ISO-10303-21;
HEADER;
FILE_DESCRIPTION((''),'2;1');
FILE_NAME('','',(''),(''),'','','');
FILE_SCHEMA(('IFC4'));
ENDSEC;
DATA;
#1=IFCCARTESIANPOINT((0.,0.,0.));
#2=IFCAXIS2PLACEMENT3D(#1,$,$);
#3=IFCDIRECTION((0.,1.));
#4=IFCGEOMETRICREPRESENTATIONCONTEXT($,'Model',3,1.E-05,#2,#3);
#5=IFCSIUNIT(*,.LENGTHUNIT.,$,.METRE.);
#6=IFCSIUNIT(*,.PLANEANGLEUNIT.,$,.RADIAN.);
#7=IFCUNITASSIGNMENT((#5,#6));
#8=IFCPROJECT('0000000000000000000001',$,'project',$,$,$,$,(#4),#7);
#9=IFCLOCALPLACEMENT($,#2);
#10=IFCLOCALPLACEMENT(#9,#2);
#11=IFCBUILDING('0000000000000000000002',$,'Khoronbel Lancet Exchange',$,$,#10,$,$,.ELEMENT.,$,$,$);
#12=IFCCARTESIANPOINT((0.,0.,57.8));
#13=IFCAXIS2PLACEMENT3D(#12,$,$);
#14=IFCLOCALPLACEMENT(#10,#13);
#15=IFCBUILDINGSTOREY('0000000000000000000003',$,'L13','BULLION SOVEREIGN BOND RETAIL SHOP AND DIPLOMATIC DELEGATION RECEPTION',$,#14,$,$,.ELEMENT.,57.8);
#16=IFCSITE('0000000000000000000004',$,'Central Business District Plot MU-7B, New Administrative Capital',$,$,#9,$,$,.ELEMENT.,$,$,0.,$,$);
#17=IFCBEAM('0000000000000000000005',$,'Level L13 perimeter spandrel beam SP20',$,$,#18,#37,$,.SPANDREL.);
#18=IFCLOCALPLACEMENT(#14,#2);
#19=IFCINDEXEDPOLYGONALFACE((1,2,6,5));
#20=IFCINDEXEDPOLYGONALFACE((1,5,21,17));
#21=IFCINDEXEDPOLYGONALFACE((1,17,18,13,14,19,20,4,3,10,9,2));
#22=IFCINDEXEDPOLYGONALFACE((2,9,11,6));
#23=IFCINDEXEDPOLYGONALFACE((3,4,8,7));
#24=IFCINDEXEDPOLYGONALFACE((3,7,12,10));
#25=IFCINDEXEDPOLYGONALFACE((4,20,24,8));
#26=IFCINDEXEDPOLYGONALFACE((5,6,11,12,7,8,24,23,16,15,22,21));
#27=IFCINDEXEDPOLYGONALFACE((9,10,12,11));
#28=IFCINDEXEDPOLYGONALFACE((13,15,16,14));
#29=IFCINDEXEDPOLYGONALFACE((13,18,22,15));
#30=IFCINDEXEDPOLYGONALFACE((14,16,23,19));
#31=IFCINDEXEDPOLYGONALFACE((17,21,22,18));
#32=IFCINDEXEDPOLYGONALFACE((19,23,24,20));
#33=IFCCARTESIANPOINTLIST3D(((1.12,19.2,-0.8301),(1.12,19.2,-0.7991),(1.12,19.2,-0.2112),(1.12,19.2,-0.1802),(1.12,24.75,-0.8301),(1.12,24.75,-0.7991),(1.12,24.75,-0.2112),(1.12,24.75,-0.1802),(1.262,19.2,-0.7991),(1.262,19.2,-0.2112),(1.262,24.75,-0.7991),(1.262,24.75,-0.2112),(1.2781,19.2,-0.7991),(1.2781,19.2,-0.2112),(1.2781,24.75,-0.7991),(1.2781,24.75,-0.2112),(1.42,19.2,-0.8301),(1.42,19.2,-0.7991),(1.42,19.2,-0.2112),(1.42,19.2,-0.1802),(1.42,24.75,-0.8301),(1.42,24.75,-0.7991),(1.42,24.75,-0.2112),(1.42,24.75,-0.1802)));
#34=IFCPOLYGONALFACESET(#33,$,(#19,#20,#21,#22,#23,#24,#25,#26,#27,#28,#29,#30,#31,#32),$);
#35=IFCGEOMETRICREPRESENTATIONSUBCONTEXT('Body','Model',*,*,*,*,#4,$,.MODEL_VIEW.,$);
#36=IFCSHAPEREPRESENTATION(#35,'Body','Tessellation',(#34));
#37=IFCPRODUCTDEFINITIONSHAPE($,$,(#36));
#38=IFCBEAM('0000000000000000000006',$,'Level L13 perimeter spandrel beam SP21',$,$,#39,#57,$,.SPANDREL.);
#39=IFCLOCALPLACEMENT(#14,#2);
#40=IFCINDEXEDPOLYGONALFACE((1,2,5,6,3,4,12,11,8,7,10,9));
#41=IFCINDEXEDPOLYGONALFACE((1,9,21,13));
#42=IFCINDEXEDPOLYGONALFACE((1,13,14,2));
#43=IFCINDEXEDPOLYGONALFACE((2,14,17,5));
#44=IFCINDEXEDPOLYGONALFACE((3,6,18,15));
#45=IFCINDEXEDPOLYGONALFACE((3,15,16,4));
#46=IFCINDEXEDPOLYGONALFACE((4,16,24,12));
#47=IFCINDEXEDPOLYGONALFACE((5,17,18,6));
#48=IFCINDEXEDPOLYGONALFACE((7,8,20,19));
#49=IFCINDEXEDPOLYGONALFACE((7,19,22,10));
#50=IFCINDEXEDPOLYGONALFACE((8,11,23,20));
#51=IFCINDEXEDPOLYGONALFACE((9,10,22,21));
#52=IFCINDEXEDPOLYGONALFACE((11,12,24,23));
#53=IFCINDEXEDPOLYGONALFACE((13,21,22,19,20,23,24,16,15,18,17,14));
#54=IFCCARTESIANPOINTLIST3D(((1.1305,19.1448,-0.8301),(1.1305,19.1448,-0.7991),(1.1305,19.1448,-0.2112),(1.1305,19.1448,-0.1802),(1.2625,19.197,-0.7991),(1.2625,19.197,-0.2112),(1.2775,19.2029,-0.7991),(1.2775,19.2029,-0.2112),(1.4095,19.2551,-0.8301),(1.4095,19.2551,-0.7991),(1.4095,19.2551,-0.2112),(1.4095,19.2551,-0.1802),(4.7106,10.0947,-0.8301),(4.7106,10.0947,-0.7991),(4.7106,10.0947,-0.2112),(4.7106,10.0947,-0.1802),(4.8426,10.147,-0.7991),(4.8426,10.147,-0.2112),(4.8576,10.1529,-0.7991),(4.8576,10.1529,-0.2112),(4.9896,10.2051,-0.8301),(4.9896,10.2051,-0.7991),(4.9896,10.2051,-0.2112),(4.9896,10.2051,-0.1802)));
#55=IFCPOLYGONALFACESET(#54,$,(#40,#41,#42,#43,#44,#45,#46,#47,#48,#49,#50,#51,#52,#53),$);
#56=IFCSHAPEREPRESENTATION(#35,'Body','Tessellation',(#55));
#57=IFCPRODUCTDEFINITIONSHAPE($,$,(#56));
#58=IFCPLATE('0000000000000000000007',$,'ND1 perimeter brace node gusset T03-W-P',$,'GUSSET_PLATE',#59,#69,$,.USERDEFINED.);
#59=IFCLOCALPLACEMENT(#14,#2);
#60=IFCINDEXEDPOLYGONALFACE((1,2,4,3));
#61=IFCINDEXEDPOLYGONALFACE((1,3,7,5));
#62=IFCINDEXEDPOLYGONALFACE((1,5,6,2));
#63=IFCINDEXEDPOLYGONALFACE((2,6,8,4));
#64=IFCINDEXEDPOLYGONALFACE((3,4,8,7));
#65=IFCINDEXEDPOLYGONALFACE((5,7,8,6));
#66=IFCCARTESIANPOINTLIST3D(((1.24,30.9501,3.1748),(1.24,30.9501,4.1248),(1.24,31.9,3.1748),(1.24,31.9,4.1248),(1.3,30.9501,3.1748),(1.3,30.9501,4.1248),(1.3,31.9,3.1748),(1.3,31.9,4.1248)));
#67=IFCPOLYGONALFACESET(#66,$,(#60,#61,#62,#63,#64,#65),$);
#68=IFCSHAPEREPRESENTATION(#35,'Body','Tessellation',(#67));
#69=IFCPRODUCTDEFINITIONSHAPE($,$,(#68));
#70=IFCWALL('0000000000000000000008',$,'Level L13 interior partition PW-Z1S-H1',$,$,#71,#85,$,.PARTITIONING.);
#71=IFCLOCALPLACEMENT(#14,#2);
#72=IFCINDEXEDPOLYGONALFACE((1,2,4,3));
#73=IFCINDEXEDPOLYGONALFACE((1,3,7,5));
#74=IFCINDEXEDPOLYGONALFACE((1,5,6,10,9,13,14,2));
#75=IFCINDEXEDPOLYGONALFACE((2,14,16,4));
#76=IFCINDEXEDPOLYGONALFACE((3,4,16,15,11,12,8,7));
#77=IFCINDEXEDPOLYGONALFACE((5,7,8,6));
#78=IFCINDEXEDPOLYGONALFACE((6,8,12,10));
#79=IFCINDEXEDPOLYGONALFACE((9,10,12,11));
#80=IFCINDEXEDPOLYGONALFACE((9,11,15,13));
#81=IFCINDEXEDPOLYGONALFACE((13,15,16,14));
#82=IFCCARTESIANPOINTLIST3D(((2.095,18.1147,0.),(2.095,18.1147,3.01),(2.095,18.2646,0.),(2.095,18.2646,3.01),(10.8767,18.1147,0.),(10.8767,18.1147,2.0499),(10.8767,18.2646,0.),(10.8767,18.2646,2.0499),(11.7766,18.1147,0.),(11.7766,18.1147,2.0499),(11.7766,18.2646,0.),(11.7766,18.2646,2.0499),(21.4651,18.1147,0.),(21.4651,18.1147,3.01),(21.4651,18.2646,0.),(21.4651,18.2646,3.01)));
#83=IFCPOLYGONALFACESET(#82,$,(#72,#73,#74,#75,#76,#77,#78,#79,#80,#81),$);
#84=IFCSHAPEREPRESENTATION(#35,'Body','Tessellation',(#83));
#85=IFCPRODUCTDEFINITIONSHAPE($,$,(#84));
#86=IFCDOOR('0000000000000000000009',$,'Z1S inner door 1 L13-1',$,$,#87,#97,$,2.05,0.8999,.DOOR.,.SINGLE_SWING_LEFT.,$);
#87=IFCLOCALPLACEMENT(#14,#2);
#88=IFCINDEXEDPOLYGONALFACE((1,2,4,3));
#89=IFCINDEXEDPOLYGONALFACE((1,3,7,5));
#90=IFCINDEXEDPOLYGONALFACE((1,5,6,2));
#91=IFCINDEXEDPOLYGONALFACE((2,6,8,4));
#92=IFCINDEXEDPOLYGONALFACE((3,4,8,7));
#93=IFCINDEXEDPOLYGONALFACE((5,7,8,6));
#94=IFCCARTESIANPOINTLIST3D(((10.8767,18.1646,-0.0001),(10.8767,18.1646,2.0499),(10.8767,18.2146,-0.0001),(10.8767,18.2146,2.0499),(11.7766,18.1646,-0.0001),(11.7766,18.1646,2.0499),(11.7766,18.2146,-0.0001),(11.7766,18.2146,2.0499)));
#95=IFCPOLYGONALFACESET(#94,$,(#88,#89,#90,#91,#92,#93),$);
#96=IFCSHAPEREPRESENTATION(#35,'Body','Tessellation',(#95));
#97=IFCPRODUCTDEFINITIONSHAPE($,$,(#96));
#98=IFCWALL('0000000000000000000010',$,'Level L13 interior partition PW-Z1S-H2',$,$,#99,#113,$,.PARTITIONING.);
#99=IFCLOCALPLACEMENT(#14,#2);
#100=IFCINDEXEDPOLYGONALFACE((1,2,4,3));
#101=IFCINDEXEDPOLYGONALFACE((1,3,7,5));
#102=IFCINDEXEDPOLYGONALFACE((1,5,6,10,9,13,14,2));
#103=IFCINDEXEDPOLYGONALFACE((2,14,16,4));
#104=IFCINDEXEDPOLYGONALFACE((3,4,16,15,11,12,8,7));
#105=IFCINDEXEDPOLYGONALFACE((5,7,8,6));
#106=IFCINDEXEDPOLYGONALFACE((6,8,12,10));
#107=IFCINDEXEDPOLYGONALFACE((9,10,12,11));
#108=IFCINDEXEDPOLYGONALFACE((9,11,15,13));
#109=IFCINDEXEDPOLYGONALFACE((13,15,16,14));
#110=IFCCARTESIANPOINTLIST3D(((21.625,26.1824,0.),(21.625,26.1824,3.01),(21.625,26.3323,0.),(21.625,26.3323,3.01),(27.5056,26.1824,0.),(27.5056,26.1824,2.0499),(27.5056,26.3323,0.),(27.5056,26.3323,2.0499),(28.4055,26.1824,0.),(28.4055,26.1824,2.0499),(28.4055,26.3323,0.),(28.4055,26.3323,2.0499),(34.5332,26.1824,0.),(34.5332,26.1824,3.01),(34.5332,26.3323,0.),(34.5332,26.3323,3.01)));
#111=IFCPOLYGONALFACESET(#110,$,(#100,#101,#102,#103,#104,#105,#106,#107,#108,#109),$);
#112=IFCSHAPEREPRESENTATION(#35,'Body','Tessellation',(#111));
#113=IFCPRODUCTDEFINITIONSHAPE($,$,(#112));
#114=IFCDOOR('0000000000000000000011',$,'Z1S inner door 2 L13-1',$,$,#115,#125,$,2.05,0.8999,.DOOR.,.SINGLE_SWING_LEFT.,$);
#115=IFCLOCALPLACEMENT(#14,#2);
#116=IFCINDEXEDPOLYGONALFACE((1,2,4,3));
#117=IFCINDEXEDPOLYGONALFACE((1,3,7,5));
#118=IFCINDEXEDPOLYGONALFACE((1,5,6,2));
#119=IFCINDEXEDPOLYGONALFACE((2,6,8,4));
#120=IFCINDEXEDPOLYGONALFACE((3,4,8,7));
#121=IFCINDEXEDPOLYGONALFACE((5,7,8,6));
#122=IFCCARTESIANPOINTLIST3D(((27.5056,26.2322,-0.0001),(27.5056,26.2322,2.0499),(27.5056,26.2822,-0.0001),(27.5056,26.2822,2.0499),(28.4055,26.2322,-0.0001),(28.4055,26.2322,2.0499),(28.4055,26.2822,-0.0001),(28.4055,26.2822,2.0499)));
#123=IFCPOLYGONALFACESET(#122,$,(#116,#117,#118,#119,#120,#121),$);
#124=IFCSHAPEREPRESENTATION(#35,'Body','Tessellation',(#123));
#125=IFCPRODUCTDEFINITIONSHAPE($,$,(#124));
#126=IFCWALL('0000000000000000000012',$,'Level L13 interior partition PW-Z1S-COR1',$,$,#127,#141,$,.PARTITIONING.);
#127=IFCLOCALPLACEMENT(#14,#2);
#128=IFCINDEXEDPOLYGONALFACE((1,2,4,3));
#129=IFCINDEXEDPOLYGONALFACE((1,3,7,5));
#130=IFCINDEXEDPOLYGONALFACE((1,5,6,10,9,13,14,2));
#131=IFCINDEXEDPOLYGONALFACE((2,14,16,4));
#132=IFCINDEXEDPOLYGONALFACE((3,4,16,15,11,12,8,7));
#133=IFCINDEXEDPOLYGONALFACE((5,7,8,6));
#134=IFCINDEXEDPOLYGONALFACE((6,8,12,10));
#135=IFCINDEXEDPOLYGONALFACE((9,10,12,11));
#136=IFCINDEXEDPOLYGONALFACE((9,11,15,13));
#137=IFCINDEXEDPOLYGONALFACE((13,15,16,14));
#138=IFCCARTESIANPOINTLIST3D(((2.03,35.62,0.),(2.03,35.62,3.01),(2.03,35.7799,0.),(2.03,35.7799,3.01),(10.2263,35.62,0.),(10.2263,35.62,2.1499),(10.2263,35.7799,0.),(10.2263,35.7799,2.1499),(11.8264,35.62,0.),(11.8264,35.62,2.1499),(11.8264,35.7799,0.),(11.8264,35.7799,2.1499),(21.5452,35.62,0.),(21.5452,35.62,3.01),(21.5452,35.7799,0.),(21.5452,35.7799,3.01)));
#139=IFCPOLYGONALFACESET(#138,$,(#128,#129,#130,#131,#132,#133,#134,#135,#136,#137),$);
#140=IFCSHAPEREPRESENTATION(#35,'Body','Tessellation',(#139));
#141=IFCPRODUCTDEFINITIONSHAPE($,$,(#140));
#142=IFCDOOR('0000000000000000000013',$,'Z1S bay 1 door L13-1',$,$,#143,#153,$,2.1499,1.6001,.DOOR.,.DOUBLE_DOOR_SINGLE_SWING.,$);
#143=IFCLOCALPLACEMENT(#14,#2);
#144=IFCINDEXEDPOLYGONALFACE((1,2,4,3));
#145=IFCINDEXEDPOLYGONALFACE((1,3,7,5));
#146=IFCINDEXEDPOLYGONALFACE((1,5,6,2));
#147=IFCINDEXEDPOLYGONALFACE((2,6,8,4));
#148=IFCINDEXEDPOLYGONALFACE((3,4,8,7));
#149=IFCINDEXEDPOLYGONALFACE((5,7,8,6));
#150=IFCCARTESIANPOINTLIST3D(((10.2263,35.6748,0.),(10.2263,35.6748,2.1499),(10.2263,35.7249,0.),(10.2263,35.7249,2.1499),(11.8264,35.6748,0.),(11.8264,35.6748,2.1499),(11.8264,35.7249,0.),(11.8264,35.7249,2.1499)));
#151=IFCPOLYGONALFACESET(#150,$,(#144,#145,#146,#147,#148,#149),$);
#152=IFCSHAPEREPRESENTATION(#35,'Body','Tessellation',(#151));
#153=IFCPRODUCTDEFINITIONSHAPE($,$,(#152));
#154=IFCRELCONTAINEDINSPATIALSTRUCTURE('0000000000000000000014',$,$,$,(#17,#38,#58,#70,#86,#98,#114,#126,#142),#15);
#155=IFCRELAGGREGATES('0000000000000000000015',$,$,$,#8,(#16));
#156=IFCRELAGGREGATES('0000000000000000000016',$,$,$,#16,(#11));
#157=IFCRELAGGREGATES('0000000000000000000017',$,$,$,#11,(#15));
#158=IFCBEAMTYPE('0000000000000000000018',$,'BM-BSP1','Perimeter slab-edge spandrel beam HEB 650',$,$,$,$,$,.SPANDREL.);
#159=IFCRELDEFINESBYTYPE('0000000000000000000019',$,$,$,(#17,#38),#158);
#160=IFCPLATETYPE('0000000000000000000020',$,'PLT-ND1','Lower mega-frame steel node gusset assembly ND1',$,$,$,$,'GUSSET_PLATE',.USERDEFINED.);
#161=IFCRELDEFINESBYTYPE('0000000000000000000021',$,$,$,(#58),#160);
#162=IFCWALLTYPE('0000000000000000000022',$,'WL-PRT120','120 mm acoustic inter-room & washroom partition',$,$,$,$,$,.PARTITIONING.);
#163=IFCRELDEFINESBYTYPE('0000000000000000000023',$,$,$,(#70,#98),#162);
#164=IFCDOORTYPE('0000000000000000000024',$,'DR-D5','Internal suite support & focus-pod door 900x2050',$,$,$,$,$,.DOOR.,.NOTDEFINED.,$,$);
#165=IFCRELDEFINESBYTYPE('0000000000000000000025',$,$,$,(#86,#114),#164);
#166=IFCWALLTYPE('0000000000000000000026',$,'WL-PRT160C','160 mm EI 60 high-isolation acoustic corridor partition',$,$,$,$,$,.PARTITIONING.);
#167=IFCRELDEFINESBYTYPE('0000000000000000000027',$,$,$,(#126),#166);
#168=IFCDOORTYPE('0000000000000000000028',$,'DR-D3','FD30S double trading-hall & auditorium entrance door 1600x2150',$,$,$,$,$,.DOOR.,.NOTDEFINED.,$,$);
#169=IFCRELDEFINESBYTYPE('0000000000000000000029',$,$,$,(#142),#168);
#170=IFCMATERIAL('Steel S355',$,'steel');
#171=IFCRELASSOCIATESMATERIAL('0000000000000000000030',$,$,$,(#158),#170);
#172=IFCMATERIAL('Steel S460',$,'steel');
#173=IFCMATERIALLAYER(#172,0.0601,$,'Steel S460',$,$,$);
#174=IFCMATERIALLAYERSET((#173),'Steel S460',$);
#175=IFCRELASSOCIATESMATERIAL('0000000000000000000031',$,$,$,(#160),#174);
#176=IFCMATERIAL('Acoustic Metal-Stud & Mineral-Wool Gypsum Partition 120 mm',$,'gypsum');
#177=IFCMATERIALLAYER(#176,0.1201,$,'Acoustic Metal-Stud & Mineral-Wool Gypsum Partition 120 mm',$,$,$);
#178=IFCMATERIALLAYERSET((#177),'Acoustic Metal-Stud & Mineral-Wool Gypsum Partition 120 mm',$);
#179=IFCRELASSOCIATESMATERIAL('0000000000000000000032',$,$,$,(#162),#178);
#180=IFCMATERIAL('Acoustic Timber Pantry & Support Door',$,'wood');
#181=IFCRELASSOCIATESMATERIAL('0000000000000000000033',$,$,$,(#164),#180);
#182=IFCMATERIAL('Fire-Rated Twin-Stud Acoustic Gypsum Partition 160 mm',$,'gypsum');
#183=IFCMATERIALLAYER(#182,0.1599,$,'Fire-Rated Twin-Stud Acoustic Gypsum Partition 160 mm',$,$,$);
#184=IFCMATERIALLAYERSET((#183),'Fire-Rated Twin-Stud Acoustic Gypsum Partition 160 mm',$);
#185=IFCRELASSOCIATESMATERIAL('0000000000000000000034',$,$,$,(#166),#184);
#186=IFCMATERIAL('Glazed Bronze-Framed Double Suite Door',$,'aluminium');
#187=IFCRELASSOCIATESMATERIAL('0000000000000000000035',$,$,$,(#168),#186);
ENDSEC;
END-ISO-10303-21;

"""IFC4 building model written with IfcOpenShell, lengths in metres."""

from ifc_helpers import new_model, si_unit, direction, frame, frame_2d, origin, origin_2d, place, context, subcontext, project, spatial, rectangle, i_section, extrude, material, layer, layer_set, material_profile, profile_set, type_object, element, fill, save


model = new_model("IFC4")

# Units and contexts
model_context = context("Model", 3, precision=1e-05, world=origin(), true_north=direction((0.0, 1.0)))
body_context = subcontext(model_context, "Body", "Model", "MODEL_VIEW")
ifc_project = project(units=[si_unit("LENGTHUNIT", "METRE"), si_unit("PLANEANGLEUNIT", "RADIAN")], contexts=[model_context])

# Site, building, storey
site_placement = place(None, origin())
site = spatial("IfcSite", under=ifc_project, at=site_placement, Name="Central Business District Plot MU-7B, New Administrative Capital", CompositionType="ELEMENT", RefElevation=0.0)
building_placement = place(site_placement, origin())
building = spatial("IfcBuilding", under=site, at=building_placement, Name="Khoronbel Lancet Exchange", CompositionType="ELEMENT")
storey_placement = place(building_placement, frame((0.0, 0.0, 57.8)))
storey = spatial("IfcBuildingStorey", under=building, at=storey_placement, Name="L13", Description="BULLION SOVEREIGN BOND RETAIL SHOP AND DIPLOMATIC DELEGATION RECEPTION", CompositionType="ELEMENT", Elevation=57.8)

# Shared definitions
ifc_material_1 = material(Name="Steel S355", Category="steel")

# Beams
ifc_material_profile_1 = material_profile(ifc_material_1, i_section(OverallWidth=0.3, OverallDepth=0.6499, WebThickness=0.0161, FlangeThickness=0.031, at=origin_2d()), Name="HEB 650")
ifc_profile_set_1 = profile_set([ifc_material_profile_1], Name="Steel S355")
beam_type_1 = type_object("IfcBeamType", Name="BM-BSP1", Description="Perimeter slab-edge spandrel beam HEB 650", PredefinedType="SPANDREL", material=ifc_profile_set_1)
beam_1_placement = place(storey_placement, frame((1.27, 24.75, -0.5051), z_axis=(0.0, -1.0, 0.0), x_axis=(1.0, 0.0, 0.0)))
element("IfcBeam", 1, at=beam_1_placement, inside=storey, type_object=beam_type_1, Name="Level L13 perimeter spandrel beam SP20", PredefinedType="SPANDREL", context=body_context, shape_type="SweptSolid", body=[
    extrude(i_section(OverallWidth=0.3, OverallDepth=0.6499, WebThickness=0.0161, FlangeThickness=0.031, at=origin_2d()), origin(), (0.0, 0.0, 1.0), 5.55),
])
beam_2_placement = place(storey_placement, frame((1.27, 19.2, -0.5051), z_axis=(0.36785, -0.929885, 0.0), x_axis=(0.929885, 0.36785, 0.0)))
element("IfcBeam", 2, at=beam_2_placement, inside=storey, type_object=beam_type_1, Name="Level L13 perimeter spandrel beam SP21", PredefinedType="SPANDREL", context=body_context, shape_type="SweptSolid", body=[
    extrude(i_section(OverallWidth=0.3, OverallDepth=0.6499, WebThickness=0.0161, FlangeThickness=0.031, at=origin_2d()), origin(), (0.0, 0.0, 1.0), 9.7324),
])

# Plate
ifc_material_2 = material(Name="Steel S460", Category="steel")
ifc_layer_1 = layer(ifc_material_2, 0.0601, Name="Steel S460")
ifc_layer_set_1 = layer_set([ifc_layer_1], Name="Steel S460")
plate_type = type_object("IfcPlateType", Name="PLT-ND1", Description="Lower mega-frame steel node gusset assembly ND1", ElementType="GUSSET_PLATE", PredefinedType="USERDEFINED", material=ifc_layer_set_1)
plate_placement = place(storey_placement, frame((1.27, 31.425, 3.1748), z_axis=(0.0, 0.0, 1.0), x_axis=(0.0, 1.0, 0.0)))
element("IfcPlate", 3, at=plate_placement, inside=storey, type_object=plate_type, Name="ND1 perimeter brace node gusset T03-W-P", ObjectType="GUSSET_PLATE", PredefinedType="USERDEFINED", context=body_context, shape_type="SweptSolid", body=[
    extrude(rectangle(XDim=0.95, YDim=0.0601, at=origin_2d()), origin(), (0.0, 0.0, 1.0), 0.95),
])

# Walls, openings, doors
ifc_material_3 = material(Name="Acoustic Metal-Stud & Mineral-Wool Gypsum Partition 120 mm", Category="gypsum")
ifc_layer_2 = layer(ifc_material_3, 0.1201, Name="Acoustic Metal-Stud & Mineral-Wool Gypsum Partition 120 mm")
ifc_layer_set_2 = layer_set([ifc_layer_2], Name="Acoustic Metal-Stud & Mineral-Wool Gypsum Partition 120 mm")
wall_type_1 = type_object("IfcWallType", Name="WL-PRT120", Description="120 mm acoustic inter-room & washroom partition", PredefinedType="PARTITIONING", material=ifc_layer_set_2)
wall_1_placement = place(storey_placement, frame((2.095, 18.1897, 0.0), z_axis=(0.0, 0.0, 1.0), x_axis=(1.0, 0.0, 0.0)))
wall_1 = element("IfcWall", 4, at=wall_1_placement, inside=storey, type_object=wall_type_1, Name="Level L13 interior partition PW-Z1S-H1", PredefinedType="PARTITIONING", context=body_context, shape_type="SweptSolid", body=[
    extrude(rectangle(XDim=19.3701, YDim=0.1499, at=frame_2d((9.6851, 0.0))), origin(), (0.0, 0.0, 1.0), 3.01),
])
opening_1_placement = place(wall_1_placement, frame((8.7817, 0.0, 0.0)))
opening_1 = element("IfcOpeningElement", 5, at=opening_1_placement, cuts=wall_1, PredefinedType="OPENING", context=body_context, shape_type="SweptSolid", body=[
    extrude(rectangle(XDim=0.8999, YDim=2.05, at=frame_2d((0.45, 1.0249))), frame((0.0, 0.085, 0.0), z_axis=(0.0, -1.0, 0.0), x_axis=(1.0, 0.0, 0.0)), (0.0, 0.0, 1.0), 0.1699),
])
ifc_material_4 = material(Name="Acoustic Timber Pantry & Support Door", Category="wood")
door_type_1 = type_object("IfcDoorType", Name="DR-D5", Description="Internal suite support & focus-pod door 900x2050", OperationType="NOTDEFINED", PredefinedType="DOOR", material=ifc_material_4)
door_1_placement = place(opening_1_placement, origin())
door_1 = element("IfcDoor", 6, at=door_1_placement, inside=storey, type_object=door_type_1, Name="Z1S inner door 1 L13-1", OperationType="SINGLE_SWING_LEFT", OverallHeight=2.05, OverallWidth=0.8999, PredefinedType="DOOR", context=body_context, shape_type="SweptSolid", body=[
    extrude(rectangle(XDim=0.8999, YDim=2.05, at=frame_2d((0.45, 1.0249))), frame((0.0, 0.0249, 0.0), z_axis=(0.0, -1.0, 0.0), x_axis=(1.0, 0.0, 0.0)), (0.0, 0.0, 1.0), 0.05),
])
fill(opening_1, door_1)
wall_2_placement = place(storey_placement, frame((21.625, 26.2573, 0.0), z_axis=(0.0, 0.0, 1.0), x_axis=(1.0, 0.0, 0.0)))
wall_2 = element("IfcWall", 7, at=wall_2_placement, inside=storey, type_object=wall_type_1, Name="Level L13 interior partition PW-Z1S-H2", PredefinedType="PARTITIONING", context=body_context, shape_type="SweptSolid", body=[
    extrude(rectangle(XDim=12.9082, YDim=0.1499, at=frame_2d((6.4541, 0.0))), origin(), (0.0, 0.0, 1.0), 3.01),
])
opening_2_placement = place(wall_2_placement, frame((5.8806, 0.0, 0.0)))
opening_2 = element("IfcOpeningElement", 8, at=opening_2_placement, cuts=wall_2, PredefinedType="OPENING", context=body_context, shape_type="SweptSolid", body=[
    extrude(rectangle(XDim=0.8999, YDim=2.05, at=frame_2d((0.45, 1.0249))), frame((0.0, 0.085, 0.0), z_axis=(0.0, -1.0, 0.0), x_axis=(1.0, 0.0, 0.0)), (0.0, 0.0, 1.0), 0.1699),
])
door_2_placement = place(opening_2_placement, origin())
door_2 = element("IfcDoor", 9, at=door_2_placement, inside=storey, type_object=door_type_1, Name="Z1S inner door 2 L13-1", OperationType="SINGLE_SWING_LEFT", OverallHeight=2.05, OverallWidth=0.8999, PredefinedType="DOOR", context=body_context, shape_type="SweptSolid", body=[
    extrude(rectangle(XDim=0.8999, YDim=2.05, at=frame_2d((0.45, 1.0249))), frame((0.0, 0.0249, 0.0), z_axis=(0.0, -1.0, 0.0), x_axis=(1.0, 0.0, 0.0)), (0.0, 0.0, 1.0), 0.05),
])
fill(opening_2, door_2)
ifc_material_5 = material(Name="Fire-Rated Twin-Stud Acoustic Gypsum Partition 160 mm", Category="gypsum")
ifc_layer_3 = layer(ifc_material_5, 0.1599, Name="Fire-Rated Twin-Stud Acoustic Gypsum Partition 160 mm")
ifc_layer_set_3 = layer_set([ifc_layer_3], Name="Fire-Rated Twin-Stud Acoustic Gypsum Partition 160 mm")
wall_type_2 = type_object("IfcWallType", Name="WL-PRT160C", Description="160 mm EI 60 high-isolation acoustic corridor partition", PredefinedType="PARTITIONING", material=ifc_layer_set_3)
wall_3_placement = place(storey_placement, frame((2.03, 35.7, 0.0), z_axis=(0.0, 0.0, 1.0), x_axis=(1.0, 0.0, 0.0)))
wall_3 = element("IfcWall", 10, at=wall_3_placement, inside=storey, type_object=wall_type_2, Name="Level L13 interior partition PW-Z1S-COR1", PredefinedType="PARTITIONING", context=body_context, shape_type="SweptSolid", body=[
    extrude(rectangle(XDim=19.5151, YDim=0.1599, at=frame_2d((9.7576, 0.0))), origin(), (0.0, 0.0, 1.0), 3.01),
])
opening_3_placement = place(wall_3_placement, frame((8.1963, 0.0, 0.0)))
opening_3 = element("IfcOpeningElement", 11, at=opening_3_placement, cuts=wall_3, PredefinedType="OPENING", context=body_context, shape_type="SweptSolid", body=[
    extrude(rectangle(XDim=1.6001, YDim=2.1499, at=frame_2d((0.8, 1.075))), frame((0.0, 0.0898, 0.0), z_axis=(0.0, -1.0, 0.0), x_axis=(1.0, 0.0, 0.0)), (0.0, 0.0, 1.0), 0.1799),
])
ifc_material_6 = material(Name="Glazed Bronze-Framed Double Suite Door", Category="aluminium")
door_type_2 = type_object("IfcDoorType", Name="DR-D3", Description="FD30S double trading-hall & auditorium entrance door 1600x2150", OperationType="NOTDEFINED", PredefinedType="DOOR", material=ifc_material_6)
door_3_placement = place(opening_3_placement, origin())
door_3 = element("IfcDoor", 12, at=door_3_placement, inside=storey, type_object=door_type_2, Name="Z1S bay 1 door L13-1", OperationType="DOUBLE_DOOR_SINGLE_SWING", OverallHeight=2.1499, OverallWidth=1.6001, PredefinedType="DOOR", context=body_context, shape_type="SweptSolid", body=[
    extrude(rectangle(XDim=1.6001, YDim=2.1499, at=frame_2d((0.8, 1.075))), frame((0.0, 0.0249, 0.0), z_axis=(0.0, -1.0, 0.0), x_axis=(1.0, 0.0, 0.0)), (0.0, 0.0, 1.0), 0.05),
])
fill(opening_3, door_3)

save(model, "model.ifc")
